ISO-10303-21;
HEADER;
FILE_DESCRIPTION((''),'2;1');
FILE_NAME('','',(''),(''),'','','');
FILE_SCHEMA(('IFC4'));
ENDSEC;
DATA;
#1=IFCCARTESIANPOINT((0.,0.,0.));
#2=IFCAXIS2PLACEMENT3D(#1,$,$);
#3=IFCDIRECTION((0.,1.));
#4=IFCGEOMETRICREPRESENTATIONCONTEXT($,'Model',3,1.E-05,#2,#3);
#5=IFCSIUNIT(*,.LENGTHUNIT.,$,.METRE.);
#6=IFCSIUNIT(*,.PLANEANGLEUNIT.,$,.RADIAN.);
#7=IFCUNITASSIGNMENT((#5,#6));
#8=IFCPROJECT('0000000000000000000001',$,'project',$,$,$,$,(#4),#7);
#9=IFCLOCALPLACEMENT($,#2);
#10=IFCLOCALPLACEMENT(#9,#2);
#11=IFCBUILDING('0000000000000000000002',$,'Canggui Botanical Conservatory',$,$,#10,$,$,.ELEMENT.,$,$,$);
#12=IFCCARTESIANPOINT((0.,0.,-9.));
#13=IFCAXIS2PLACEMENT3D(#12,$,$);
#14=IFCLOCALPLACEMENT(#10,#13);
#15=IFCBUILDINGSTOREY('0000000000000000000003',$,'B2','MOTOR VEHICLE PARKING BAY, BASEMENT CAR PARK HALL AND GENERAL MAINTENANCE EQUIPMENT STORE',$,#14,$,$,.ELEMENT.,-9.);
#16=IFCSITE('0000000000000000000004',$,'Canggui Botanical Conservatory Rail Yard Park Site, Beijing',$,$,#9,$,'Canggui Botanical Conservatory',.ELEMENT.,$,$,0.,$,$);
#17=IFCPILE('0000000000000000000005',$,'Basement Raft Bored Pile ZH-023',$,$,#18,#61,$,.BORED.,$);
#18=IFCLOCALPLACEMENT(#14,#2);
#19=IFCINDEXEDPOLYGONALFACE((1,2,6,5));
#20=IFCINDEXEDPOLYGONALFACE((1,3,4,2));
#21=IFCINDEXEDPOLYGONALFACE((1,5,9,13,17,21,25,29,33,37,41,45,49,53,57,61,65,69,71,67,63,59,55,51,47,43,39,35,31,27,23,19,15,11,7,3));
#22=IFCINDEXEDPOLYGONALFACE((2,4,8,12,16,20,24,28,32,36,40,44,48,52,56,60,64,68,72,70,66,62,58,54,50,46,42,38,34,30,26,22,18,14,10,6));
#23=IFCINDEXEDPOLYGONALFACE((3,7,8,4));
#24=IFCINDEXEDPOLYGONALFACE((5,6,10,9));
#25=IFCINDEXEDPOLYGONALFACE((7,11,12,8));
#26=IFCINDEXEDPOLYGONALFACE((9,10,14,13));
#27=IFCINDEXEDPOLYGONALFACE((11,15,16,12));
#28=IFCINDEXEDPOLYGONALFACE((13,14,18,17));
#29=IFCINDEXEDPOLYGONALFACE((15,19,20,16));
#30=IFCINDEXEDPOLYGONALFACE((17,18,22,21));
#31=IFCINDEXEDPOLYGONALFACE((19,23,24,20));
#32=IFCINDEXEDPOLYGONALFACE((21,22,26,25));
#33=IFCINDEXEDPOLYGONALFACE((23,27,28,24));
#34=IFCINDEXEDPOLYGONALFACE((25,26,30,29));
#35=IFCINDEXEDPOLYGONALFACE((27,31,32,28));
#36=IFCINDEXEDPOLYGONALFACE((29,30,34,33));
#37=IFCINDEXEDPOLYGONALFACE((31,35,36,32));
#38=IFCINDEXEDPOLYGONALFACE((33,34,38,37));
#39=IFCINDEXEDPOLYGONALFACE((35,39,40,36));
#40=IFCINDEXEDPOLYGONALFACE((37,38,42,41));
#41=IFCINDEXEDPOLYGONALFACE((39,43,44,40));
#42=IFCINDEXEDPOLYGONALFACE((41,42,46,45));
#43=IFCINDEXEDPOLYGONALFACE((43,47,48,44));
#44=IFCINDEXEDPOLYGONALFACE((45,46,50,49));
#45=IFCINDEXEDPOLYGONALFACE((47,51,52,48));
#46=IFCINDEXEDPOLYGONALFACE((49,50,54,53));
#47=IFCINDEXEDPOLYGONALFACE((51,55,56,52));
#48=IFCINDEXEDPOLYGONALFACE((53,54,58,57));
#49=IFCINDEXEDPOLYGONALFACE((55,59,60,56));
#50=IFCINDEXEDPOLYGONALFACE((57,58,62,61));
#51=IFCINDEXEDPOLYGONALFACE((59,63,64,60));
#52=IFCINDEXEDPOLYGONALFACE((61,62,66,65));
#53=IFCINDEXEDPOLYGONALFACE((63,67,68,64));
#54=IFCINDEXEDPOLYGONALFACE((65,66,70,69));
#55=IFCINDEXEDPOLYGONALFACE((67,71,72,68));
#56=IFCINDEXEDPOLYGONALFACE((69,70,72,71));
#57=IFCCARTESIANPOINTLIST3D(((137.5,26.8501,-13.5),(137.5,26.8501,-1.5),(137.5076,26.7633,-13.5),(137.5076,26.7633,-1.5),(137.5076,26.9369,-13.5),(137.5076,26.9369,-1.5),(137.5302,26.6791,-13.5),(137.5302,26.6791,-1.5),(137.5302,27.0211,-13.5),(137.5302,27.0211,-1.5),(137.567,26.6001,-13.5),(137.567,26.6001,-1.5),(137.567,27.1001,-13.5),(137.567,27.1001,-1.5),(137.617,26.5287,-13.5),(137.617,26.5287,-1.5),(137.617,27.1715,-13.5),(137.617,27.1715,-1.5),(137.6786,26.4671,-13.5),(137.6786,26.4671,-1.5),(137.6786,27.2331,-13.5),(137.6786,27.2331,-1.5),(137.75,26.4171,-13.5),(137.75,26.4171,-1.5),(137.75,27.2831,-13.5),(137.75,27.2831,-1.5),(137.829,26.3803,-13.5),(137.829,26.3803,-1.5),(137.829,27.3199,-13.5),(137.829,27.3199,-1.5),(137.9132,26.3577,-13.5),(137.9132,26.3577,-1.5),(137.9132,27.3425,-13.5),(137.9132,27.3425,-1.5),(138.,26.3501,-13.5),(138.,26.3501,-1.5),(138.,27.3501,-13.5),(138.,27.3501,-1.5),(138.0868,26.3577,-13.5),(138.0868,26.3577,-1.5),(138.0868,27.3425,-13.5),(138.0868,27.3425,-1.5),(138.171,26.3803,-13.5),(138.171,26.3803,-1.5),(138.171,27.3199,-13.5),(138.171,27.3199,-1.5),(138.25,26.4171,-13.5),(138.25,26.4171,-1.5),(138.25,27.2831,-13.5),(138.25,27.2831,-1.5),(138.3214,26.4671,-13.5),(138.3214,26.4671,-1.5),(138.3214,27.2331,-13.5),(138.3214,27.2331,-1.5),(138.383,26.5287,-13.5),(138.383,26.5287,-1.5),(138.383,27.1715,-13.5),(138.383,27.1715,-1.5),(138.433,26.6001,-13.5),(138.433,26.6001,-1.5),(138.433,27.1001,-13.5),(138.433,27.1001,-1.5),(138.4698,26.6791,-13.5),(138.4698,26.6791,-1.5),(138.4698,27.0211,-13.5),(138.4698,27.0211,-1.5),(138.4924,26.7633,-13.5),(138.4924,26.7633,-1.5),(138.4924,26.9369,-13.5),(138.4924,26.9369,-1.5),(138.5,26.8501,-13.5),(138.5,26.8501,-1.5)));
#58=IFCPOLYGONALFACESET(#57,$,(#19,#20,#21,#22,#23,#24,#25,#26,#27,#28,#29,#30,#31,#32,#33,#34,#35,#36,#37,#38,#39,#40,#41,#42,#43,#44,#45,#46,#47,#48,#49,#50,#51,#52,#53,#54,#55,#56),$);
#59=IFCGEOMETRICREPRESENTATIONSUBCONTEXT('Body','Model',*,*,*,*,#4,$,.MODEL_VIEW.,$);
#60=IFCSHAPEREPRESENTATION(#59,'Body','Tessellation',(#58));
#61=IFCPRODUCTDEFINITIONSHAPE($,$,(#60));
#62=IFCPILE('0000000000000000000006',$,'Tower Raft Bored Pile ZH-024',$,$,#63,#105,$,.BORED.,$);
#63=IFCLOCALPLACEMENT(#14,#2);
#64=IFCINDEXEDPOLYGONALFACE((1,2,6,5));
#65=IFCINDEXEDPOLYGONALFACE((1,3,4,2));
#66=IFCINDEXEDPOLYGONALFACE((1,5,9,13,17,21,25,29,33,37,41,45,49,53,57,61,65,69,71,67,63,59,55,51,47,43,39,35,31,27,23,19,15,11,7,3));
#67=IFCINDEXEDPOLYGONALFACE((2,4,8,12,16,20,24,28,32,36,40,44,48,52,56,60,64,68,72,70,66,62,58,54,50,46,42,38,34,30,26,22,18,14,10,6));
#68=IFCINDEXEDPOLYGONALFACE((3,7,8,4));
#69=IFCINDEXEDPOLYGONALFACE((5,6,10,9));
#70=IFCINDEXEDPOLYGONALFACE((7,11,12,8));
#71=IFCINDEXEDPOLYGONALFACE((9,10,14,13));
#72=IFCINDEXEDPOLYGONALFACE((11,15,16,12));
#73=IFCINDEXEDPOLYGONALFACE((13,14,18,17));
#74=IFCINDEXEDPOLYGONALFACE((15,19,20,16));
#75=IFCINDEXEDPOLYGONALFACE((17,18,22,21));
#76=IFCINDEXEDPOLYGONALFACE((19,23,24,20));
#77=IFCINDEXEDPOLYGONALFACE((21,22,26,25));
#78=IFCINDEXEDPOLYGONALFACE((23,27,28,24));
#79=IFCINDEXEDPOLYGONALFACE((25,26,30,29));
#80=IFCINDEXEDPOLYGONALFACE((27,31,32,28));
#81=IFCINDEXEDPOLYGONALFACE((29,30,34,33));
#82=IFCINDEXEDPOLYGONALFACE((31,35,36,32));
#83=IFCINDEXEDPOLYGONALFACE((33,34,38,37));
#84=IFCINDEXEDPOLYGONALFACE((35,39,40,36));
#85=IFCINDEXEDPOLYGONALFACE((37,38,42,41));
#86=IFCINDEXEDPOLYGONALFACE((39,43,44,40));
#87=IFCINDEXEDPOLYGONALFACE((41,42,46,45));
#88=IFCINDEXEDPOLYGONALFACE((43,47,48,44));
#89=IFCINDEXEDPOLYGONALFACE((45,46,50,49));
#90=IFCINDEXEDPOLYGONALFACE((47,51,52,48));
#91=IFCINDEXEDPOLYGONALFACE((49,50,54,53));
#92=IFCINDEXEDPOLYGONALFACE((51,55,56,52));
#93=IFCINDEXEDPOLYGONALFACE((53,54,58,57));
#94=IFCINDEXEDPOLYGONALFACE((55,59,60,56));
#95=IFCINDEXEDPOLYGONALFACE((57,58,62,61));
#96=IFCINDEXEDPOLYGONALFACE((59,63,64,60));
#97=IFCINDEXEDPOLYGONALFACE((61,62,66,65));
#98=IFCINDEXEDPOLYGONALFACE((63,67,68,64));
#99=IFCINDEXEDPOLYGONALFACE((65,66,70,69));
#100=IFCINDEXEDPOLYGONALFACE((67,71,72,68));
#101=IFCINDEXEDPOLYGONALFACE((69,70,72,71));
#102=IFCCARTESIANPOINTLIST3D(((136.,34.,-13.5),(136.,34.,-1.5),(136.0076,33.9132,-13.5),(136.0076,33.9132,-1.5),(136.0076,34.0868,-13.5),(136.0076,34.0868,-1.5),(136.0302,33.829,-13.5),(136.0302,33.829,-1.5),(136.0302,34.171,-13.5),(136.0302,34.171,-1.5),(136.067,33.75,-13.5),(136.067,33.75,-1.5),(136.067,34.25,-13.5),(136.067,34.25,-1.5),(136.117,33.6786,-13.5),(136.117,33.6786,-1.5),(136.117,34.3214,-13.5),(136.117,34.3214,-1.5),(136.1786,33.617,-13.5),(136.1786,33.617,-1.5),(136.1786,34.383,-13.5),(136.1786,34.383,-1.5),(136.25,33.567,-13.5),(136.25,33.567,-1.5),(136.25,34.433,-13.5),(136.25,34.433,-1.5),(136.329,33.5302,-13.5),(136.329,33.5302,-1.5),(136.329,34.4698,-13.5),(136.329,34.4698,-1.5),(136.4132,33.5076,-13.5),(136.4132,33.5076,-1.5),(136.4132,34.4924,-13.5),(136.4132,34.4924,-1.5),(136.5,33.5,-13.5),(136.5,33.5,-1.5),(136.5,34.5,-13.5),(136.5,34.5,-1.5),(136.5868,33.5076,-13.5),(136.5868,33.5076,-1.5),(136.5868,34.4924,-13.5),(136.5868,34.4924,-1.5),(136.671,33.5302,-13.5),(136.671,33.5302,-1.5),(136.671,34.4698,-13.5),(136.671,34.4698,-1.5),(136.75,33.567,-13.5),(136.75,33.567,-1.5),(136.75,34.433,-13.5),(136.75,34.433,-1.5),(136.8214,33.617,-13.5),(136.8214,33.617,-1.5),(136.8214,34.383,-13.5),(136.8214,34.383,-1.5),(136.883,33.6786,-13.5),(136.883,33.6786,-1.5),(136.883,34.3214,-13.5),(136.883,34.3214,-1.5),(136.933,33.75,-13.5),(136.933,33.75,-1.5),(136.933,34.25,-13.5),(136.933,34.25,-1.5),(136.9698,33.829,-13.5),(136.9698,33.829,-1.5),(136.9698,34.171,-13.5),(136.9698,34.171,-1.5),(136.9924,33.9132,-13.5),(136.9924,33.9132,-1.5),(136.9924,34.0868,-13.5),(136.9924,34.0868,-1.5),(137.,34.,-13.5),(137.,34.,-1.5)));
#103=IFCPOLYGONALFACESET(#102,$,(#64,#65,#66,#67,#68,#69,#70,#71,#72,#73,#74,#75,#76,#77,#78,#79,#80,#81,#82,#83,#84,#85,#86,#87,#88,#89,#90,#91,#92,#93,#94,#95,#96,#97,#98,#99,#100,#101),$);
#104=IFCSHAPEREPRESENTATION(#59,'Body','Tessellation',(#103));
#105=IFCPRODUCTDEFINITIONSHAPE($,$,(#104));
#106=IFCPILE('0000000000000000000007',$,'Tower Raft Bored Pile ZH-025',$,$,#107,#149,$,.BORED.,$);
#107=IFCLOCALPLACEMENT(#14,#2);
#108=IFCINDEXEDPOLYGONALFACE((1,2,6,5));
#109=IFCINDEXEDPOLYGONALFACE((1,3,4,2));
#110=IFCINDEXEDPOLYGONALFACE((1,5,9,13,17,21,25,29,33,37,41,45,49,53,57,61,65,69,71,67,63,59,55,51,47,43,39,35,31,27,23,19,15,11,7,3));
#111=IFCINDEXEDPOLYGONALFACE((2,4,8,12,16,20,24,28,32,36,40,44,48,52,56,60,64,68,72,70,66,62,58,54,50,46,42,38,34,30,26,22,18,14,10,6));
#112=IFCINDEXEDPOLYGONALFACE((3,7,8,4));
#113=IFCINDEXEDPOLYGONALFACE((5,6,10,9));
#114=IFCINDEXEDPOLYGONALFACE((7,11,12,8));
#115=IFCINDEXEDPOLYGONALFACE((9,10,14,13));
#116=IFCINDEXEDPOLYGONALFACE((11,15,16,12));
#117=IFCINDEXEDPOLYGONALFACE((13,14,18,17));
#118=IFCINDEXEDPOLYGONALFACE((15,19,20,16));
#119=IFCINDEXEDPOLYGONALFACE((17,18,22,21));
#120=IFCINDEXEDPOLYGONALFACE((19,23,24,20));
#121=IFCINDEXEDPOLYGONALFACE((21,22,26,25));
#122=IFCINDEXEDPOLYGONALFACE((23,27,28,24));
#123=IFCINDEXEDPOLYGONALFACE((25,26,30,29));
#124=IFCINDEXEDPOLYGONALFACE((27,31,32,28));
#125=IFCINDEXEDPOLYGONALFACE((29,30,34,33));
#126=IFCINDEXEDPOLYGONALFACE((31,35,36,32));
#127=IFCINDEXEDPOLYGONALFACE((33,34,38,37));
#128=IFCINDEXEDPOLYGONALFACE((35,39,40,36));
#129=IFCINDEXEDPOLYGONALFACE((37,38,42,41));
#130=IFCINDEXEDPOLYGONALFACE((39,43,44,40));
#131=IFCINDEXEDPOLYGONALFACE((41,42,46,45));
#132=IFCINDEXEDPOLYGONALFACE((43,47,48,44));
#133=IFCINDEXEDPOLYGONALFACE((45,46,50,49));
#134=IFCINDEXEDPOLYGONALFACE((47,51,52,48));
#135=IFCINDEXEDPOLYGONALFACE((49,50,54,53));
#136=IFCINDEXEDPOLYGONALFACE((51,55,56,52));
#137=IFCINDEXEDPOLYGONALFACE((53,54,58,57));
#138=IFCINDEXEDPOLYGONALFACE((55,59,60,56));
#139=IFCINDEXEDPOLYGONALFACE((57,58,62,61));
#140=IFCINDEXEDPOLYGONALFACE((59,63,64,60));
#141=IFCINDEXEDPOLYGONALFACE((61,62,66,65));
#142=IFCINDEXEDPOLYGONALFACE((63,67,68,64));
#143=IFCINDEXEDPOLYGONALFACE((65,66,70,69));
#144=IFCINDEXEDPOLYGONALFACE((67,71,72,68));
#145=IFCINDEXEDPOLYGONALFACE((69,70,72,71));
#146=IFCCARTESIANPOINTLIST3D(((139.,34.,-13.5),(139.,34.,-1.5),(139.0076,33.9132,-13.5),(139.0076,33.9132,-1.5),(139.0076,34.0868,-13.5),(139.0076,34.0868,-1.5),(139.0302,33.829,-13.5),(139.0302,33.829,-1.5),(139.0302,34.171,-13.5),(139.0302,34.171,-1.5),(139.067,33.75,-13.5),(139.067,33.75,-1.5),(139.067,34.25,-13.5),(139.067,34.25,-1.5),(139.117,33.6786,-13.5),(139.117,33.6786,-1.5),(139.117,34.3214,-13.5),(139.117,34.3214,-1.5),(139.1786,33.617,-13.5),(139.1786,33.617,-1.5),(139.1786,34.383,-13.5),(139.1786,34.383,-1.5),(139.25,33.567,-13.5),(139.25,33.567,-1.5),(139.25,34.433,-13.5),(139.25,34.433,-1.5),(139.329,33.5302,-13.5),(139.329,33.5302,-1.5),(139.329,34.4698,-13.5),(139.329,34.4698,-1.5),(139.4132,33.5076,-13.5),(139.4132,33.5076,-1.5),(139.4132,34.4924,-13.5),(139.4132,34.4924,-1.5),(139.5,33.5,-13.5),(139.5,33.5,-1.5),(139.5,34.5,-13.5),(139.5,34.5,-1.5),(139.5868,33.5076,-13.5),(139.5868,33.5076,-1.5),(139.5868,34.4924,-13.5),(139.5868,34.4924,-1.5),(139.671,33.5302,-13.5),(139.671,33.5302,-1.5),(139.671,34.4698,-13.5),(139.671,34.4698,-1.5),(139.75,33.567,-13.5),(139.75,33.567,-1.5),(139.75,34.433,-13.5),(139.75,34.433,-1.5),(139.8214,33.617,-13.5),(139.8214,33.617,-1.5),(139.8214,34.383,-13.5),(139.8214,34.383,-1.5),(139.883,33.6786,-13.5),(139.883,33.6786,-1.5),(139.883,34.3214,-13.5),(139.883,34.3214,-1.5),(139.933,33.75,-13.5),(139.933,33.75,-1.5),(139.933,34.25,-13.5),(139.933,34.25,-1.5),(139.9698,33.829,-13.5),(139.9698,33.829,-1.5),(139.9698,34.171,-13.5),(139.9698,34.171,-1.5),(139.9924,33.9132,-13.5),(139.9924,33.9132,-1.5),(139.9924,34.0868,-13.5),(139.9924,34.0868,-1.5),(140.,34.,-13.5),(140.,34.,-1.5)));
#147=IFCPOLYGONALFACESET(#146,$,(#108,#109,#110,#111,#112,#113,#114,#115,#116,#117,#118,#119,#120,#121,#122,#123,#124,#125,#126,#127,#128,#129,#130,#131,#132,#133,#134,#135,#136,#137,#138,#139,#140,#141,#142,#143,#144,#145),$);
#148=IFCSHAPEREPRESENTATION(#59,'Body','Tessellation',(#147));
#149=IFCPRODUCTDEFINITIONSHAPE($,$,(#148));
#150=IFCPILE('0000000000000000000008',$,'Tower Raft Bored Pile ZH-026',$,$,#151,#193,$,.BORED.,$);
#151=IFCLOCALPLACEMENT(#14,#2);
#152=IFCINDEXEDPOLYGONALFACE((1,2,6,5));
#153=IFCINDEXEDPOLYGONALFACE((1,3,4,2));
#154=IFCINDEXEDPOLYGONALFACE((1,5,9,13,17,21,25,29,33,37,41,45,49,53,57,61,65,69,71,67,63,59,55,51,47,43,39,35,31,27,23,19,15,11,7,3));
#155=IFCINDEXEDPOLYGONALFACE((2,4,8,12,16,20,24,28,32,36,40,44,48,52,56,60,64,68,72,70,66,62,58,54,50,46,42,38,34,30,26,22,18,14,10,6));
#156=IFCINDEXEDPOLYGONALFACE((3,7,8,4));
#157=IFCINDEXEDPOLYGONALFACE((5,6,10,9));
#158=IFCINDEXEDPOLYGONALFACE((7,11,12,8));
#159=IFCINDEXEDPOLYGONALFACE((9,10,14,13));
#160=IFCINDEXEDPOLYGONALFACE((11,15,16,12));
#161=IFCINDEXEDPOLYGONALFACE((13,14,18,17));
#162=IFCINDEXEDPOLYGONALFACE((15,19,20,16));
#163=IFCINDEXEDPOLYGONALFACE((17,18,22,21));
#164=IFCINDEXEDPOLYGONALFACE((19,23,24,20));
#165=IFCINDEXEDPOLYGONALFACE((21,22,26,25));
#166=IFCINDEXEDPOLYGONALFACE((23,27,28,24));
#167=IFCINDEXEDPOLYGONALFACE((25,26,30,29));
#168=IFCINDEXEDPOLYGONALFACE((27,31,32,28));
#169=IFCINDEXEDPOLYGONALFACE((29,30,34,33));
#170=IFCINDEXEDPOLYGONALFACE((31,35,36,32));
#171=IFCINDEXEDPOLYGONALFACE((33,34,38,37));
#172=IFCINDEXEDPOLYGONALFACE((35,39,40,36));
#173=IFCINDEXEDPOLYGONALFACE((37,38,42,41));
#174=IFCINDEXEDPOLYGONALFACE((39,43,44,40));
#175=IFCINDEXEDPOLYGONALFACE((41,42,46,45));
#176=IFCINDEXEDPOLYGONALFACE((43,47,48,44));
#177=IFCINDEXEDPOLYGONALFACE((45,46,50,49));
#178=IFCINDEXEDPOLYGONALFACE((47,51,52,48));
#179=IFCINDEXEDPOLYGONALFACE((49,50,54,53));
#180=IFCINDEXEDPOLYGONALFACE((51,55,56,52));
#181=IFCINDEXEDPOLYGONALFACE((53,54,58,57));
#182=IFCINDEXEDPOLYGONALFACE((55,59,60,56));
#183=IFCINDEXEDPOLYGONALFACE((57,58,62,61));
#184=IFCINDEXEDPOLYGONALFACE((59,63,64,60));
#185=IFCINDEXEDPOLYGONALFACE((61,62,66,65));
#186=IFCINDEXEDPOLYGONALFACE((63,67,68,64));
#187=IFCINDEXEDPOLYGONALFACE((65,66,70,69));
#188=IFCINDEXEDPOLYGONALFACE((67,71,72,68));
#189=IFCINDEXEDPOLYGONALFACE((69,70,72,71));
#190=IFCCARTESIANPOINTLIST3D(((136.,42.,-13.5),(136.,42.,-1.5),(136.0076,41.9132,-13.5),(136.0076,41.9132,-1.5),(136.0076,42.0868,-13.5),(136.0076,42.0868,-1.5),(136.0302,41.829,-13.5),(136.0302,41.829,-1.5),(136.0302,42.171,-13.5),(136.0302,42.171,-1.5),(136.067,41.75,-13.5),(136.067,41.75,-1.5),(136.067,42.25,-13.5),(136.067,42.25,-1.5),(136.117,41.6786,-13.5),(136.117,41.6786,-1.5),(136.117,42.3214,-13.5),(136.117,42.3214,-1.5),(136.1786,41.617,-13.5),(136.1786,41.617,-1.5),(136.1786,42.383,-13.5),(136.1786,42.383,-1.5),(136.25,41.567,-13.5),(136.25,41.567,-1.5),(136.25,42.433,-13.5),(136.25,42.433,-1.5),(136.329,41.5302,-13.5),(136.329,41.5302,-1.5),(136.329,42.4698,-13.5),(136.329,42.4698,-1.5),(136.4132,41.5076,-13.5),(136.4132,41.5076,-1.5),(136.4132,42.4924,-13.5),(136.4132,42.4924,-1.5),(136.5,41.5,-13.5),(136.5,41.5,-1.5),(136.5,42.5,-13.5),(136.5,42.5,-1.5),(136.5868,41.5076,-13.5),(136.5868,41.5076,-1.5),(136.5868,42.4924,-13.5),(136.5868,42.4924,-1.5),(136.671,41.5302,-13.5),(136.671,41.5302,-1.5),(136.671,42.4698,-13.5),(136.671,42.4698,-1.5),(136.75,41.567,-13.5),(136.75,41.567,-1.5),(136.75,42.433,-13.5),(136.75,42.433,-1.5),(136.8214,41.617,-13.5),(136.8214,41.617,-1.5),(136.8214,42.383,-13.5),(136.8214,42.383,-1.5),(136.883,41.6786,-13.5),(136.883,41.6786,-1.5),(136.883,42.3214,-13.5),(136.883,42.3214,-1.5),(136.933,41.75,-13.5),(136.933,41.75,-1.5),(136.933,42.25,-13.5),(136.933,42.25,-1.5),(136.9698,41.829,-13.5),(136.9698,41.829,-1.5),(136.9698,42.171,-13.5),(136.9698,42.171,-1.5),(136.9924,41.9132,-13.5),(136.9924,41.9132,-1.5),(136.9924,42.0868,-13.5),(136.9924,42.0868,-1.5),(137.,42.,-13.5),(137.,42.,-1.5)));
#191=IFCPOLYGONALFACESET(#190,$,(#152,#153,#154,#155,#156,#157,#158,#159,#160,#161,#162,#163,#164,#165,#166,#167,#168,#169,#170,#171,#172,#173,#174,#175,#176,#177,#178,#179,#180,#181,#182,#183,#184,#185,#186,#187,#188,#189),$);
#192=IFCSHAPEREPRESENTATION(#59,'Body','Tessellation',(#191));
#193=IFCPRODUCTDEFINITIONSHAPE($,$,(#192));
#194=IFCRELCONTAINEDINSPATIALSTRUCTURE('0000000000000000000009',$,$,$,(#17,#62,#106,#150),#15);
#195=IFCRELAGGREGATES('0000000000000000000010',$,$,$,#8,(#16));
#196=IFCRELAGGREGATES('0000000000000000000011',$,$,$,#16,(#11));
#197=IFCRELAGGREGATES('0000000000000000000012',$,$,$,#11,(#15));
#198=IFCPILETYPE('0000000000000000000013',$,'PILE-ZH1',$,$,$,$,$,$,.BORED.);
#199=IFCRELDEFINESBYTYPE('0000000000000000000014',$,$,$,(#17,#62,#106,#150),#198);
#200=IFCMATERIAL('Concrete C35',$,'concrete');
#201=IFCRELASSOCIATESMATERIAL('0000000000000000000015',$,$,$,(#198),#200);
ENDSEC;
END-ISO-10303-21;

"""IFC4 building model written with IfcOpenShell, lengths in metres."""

from ifc_helpers import new_model, si_unit, direction, frame, origin, origin_2d, place, context, subcontext, project, spatial, circle, extrude, material, material_profile, profile_set, type_object, element, save


model = new_model("IFC4")

# Units and contexts
model_context = context("Model", 3, precision=1e-05, world=origin(), true_north=direction((0.0, 1.0)))
body_context = subcontext(model_context, "Body", "Model", "MODEL_VIEW")
ifc_project = project(units=[si_unit("LENGTHUNIT", "METRE"), si_unit("PLANEANGLEUNIT", "RADIAN")], contexts=[model_context])

# Site, building, storey
site_placement = place(None, origin())
site = spatial("IfcSite", under=ifc_project, at=site_placement, Name="Canggui Botanical Conservatory Rail Yard Park Site, Beijing", LongName="Canggui Botanical Conservatory", CompositionType="ELEMENT", RefElevation=0.0)
building_placement = place(site_placement, origin())
building = spatial("IfcBuilding", under=site, at=building_placement, Name="Canggui Botanical Conservatory", CompositionType="ELEMENT")
storey_placement = place(building_placement, frame((0.0, 0.0, -9.0)))
storey = spatial("IfcBuildingStorey", under=building, at=storey_placement, Name="B2", Description="MOTOR VEHICLE PARKING BAY, BASEMENT CAR PARK HALL AND GENERAL MAINTENANCE EQUIPMENT STORE", CompositionType="ELEMENT", Elevation=-9.0)

# Piles
ifc_material_1 = material(Name="Concrete C35", Category="concrete")
ifc_material_profile_1 = material_profile(ifc_material_1, circle(Radius=0.5, at=origin_2d()), Name="PILE D1000")
ifc_profile_set_1 = profile_set([ifc_material_profile_1], Name="Concrete C35")
pile_type = type_object("IfcPileType", Name="PILE-ZH1", PredefinedType="BORED", material=ifc_profile_set_1)
for number, where, z_axis, x_axis, name in (
    (1, (138.0, 26.8501, -1.5), (0.0, 0.0, -1.0), (1.0, 0.0, 0.0), "Basement Raft Bored Pile ZH-023"),
    (2, (136.5, 34.0, -1.5), (0.0, 0.0, -1.0), (1.0, 0.0, 0.0), "Tower Raft Bored Pile ZH-024"),
    (3, (139.5, 34.0, -1.5), (0.0, 0.0, -1.0), (1.0, 0.0, 0.0), "Tower Raft Bored Pile ZH-025"),
    (4, (136.5, 42.0, -1.5), (0.0, 0.0, -1.0), (1.0, 0.0, 0.0), "Tower Raft Bored Pile ZH-026"),
):
    element("IfcPile", number, at=place(storey_placement, frame(where, z_axis=z_axis, x_axis=x_axis)), inside=storey, type_object=pile_type, Name=name, PredefinedType="BORED", context=body_context, shape_type="SweptSolid", body=[
        extrude(circle(Radius=0.5, at=origin_2d()), origin(), (0.0, 0.0, 1.0), 12.0),
    ])

save(model, "model.ifc")
